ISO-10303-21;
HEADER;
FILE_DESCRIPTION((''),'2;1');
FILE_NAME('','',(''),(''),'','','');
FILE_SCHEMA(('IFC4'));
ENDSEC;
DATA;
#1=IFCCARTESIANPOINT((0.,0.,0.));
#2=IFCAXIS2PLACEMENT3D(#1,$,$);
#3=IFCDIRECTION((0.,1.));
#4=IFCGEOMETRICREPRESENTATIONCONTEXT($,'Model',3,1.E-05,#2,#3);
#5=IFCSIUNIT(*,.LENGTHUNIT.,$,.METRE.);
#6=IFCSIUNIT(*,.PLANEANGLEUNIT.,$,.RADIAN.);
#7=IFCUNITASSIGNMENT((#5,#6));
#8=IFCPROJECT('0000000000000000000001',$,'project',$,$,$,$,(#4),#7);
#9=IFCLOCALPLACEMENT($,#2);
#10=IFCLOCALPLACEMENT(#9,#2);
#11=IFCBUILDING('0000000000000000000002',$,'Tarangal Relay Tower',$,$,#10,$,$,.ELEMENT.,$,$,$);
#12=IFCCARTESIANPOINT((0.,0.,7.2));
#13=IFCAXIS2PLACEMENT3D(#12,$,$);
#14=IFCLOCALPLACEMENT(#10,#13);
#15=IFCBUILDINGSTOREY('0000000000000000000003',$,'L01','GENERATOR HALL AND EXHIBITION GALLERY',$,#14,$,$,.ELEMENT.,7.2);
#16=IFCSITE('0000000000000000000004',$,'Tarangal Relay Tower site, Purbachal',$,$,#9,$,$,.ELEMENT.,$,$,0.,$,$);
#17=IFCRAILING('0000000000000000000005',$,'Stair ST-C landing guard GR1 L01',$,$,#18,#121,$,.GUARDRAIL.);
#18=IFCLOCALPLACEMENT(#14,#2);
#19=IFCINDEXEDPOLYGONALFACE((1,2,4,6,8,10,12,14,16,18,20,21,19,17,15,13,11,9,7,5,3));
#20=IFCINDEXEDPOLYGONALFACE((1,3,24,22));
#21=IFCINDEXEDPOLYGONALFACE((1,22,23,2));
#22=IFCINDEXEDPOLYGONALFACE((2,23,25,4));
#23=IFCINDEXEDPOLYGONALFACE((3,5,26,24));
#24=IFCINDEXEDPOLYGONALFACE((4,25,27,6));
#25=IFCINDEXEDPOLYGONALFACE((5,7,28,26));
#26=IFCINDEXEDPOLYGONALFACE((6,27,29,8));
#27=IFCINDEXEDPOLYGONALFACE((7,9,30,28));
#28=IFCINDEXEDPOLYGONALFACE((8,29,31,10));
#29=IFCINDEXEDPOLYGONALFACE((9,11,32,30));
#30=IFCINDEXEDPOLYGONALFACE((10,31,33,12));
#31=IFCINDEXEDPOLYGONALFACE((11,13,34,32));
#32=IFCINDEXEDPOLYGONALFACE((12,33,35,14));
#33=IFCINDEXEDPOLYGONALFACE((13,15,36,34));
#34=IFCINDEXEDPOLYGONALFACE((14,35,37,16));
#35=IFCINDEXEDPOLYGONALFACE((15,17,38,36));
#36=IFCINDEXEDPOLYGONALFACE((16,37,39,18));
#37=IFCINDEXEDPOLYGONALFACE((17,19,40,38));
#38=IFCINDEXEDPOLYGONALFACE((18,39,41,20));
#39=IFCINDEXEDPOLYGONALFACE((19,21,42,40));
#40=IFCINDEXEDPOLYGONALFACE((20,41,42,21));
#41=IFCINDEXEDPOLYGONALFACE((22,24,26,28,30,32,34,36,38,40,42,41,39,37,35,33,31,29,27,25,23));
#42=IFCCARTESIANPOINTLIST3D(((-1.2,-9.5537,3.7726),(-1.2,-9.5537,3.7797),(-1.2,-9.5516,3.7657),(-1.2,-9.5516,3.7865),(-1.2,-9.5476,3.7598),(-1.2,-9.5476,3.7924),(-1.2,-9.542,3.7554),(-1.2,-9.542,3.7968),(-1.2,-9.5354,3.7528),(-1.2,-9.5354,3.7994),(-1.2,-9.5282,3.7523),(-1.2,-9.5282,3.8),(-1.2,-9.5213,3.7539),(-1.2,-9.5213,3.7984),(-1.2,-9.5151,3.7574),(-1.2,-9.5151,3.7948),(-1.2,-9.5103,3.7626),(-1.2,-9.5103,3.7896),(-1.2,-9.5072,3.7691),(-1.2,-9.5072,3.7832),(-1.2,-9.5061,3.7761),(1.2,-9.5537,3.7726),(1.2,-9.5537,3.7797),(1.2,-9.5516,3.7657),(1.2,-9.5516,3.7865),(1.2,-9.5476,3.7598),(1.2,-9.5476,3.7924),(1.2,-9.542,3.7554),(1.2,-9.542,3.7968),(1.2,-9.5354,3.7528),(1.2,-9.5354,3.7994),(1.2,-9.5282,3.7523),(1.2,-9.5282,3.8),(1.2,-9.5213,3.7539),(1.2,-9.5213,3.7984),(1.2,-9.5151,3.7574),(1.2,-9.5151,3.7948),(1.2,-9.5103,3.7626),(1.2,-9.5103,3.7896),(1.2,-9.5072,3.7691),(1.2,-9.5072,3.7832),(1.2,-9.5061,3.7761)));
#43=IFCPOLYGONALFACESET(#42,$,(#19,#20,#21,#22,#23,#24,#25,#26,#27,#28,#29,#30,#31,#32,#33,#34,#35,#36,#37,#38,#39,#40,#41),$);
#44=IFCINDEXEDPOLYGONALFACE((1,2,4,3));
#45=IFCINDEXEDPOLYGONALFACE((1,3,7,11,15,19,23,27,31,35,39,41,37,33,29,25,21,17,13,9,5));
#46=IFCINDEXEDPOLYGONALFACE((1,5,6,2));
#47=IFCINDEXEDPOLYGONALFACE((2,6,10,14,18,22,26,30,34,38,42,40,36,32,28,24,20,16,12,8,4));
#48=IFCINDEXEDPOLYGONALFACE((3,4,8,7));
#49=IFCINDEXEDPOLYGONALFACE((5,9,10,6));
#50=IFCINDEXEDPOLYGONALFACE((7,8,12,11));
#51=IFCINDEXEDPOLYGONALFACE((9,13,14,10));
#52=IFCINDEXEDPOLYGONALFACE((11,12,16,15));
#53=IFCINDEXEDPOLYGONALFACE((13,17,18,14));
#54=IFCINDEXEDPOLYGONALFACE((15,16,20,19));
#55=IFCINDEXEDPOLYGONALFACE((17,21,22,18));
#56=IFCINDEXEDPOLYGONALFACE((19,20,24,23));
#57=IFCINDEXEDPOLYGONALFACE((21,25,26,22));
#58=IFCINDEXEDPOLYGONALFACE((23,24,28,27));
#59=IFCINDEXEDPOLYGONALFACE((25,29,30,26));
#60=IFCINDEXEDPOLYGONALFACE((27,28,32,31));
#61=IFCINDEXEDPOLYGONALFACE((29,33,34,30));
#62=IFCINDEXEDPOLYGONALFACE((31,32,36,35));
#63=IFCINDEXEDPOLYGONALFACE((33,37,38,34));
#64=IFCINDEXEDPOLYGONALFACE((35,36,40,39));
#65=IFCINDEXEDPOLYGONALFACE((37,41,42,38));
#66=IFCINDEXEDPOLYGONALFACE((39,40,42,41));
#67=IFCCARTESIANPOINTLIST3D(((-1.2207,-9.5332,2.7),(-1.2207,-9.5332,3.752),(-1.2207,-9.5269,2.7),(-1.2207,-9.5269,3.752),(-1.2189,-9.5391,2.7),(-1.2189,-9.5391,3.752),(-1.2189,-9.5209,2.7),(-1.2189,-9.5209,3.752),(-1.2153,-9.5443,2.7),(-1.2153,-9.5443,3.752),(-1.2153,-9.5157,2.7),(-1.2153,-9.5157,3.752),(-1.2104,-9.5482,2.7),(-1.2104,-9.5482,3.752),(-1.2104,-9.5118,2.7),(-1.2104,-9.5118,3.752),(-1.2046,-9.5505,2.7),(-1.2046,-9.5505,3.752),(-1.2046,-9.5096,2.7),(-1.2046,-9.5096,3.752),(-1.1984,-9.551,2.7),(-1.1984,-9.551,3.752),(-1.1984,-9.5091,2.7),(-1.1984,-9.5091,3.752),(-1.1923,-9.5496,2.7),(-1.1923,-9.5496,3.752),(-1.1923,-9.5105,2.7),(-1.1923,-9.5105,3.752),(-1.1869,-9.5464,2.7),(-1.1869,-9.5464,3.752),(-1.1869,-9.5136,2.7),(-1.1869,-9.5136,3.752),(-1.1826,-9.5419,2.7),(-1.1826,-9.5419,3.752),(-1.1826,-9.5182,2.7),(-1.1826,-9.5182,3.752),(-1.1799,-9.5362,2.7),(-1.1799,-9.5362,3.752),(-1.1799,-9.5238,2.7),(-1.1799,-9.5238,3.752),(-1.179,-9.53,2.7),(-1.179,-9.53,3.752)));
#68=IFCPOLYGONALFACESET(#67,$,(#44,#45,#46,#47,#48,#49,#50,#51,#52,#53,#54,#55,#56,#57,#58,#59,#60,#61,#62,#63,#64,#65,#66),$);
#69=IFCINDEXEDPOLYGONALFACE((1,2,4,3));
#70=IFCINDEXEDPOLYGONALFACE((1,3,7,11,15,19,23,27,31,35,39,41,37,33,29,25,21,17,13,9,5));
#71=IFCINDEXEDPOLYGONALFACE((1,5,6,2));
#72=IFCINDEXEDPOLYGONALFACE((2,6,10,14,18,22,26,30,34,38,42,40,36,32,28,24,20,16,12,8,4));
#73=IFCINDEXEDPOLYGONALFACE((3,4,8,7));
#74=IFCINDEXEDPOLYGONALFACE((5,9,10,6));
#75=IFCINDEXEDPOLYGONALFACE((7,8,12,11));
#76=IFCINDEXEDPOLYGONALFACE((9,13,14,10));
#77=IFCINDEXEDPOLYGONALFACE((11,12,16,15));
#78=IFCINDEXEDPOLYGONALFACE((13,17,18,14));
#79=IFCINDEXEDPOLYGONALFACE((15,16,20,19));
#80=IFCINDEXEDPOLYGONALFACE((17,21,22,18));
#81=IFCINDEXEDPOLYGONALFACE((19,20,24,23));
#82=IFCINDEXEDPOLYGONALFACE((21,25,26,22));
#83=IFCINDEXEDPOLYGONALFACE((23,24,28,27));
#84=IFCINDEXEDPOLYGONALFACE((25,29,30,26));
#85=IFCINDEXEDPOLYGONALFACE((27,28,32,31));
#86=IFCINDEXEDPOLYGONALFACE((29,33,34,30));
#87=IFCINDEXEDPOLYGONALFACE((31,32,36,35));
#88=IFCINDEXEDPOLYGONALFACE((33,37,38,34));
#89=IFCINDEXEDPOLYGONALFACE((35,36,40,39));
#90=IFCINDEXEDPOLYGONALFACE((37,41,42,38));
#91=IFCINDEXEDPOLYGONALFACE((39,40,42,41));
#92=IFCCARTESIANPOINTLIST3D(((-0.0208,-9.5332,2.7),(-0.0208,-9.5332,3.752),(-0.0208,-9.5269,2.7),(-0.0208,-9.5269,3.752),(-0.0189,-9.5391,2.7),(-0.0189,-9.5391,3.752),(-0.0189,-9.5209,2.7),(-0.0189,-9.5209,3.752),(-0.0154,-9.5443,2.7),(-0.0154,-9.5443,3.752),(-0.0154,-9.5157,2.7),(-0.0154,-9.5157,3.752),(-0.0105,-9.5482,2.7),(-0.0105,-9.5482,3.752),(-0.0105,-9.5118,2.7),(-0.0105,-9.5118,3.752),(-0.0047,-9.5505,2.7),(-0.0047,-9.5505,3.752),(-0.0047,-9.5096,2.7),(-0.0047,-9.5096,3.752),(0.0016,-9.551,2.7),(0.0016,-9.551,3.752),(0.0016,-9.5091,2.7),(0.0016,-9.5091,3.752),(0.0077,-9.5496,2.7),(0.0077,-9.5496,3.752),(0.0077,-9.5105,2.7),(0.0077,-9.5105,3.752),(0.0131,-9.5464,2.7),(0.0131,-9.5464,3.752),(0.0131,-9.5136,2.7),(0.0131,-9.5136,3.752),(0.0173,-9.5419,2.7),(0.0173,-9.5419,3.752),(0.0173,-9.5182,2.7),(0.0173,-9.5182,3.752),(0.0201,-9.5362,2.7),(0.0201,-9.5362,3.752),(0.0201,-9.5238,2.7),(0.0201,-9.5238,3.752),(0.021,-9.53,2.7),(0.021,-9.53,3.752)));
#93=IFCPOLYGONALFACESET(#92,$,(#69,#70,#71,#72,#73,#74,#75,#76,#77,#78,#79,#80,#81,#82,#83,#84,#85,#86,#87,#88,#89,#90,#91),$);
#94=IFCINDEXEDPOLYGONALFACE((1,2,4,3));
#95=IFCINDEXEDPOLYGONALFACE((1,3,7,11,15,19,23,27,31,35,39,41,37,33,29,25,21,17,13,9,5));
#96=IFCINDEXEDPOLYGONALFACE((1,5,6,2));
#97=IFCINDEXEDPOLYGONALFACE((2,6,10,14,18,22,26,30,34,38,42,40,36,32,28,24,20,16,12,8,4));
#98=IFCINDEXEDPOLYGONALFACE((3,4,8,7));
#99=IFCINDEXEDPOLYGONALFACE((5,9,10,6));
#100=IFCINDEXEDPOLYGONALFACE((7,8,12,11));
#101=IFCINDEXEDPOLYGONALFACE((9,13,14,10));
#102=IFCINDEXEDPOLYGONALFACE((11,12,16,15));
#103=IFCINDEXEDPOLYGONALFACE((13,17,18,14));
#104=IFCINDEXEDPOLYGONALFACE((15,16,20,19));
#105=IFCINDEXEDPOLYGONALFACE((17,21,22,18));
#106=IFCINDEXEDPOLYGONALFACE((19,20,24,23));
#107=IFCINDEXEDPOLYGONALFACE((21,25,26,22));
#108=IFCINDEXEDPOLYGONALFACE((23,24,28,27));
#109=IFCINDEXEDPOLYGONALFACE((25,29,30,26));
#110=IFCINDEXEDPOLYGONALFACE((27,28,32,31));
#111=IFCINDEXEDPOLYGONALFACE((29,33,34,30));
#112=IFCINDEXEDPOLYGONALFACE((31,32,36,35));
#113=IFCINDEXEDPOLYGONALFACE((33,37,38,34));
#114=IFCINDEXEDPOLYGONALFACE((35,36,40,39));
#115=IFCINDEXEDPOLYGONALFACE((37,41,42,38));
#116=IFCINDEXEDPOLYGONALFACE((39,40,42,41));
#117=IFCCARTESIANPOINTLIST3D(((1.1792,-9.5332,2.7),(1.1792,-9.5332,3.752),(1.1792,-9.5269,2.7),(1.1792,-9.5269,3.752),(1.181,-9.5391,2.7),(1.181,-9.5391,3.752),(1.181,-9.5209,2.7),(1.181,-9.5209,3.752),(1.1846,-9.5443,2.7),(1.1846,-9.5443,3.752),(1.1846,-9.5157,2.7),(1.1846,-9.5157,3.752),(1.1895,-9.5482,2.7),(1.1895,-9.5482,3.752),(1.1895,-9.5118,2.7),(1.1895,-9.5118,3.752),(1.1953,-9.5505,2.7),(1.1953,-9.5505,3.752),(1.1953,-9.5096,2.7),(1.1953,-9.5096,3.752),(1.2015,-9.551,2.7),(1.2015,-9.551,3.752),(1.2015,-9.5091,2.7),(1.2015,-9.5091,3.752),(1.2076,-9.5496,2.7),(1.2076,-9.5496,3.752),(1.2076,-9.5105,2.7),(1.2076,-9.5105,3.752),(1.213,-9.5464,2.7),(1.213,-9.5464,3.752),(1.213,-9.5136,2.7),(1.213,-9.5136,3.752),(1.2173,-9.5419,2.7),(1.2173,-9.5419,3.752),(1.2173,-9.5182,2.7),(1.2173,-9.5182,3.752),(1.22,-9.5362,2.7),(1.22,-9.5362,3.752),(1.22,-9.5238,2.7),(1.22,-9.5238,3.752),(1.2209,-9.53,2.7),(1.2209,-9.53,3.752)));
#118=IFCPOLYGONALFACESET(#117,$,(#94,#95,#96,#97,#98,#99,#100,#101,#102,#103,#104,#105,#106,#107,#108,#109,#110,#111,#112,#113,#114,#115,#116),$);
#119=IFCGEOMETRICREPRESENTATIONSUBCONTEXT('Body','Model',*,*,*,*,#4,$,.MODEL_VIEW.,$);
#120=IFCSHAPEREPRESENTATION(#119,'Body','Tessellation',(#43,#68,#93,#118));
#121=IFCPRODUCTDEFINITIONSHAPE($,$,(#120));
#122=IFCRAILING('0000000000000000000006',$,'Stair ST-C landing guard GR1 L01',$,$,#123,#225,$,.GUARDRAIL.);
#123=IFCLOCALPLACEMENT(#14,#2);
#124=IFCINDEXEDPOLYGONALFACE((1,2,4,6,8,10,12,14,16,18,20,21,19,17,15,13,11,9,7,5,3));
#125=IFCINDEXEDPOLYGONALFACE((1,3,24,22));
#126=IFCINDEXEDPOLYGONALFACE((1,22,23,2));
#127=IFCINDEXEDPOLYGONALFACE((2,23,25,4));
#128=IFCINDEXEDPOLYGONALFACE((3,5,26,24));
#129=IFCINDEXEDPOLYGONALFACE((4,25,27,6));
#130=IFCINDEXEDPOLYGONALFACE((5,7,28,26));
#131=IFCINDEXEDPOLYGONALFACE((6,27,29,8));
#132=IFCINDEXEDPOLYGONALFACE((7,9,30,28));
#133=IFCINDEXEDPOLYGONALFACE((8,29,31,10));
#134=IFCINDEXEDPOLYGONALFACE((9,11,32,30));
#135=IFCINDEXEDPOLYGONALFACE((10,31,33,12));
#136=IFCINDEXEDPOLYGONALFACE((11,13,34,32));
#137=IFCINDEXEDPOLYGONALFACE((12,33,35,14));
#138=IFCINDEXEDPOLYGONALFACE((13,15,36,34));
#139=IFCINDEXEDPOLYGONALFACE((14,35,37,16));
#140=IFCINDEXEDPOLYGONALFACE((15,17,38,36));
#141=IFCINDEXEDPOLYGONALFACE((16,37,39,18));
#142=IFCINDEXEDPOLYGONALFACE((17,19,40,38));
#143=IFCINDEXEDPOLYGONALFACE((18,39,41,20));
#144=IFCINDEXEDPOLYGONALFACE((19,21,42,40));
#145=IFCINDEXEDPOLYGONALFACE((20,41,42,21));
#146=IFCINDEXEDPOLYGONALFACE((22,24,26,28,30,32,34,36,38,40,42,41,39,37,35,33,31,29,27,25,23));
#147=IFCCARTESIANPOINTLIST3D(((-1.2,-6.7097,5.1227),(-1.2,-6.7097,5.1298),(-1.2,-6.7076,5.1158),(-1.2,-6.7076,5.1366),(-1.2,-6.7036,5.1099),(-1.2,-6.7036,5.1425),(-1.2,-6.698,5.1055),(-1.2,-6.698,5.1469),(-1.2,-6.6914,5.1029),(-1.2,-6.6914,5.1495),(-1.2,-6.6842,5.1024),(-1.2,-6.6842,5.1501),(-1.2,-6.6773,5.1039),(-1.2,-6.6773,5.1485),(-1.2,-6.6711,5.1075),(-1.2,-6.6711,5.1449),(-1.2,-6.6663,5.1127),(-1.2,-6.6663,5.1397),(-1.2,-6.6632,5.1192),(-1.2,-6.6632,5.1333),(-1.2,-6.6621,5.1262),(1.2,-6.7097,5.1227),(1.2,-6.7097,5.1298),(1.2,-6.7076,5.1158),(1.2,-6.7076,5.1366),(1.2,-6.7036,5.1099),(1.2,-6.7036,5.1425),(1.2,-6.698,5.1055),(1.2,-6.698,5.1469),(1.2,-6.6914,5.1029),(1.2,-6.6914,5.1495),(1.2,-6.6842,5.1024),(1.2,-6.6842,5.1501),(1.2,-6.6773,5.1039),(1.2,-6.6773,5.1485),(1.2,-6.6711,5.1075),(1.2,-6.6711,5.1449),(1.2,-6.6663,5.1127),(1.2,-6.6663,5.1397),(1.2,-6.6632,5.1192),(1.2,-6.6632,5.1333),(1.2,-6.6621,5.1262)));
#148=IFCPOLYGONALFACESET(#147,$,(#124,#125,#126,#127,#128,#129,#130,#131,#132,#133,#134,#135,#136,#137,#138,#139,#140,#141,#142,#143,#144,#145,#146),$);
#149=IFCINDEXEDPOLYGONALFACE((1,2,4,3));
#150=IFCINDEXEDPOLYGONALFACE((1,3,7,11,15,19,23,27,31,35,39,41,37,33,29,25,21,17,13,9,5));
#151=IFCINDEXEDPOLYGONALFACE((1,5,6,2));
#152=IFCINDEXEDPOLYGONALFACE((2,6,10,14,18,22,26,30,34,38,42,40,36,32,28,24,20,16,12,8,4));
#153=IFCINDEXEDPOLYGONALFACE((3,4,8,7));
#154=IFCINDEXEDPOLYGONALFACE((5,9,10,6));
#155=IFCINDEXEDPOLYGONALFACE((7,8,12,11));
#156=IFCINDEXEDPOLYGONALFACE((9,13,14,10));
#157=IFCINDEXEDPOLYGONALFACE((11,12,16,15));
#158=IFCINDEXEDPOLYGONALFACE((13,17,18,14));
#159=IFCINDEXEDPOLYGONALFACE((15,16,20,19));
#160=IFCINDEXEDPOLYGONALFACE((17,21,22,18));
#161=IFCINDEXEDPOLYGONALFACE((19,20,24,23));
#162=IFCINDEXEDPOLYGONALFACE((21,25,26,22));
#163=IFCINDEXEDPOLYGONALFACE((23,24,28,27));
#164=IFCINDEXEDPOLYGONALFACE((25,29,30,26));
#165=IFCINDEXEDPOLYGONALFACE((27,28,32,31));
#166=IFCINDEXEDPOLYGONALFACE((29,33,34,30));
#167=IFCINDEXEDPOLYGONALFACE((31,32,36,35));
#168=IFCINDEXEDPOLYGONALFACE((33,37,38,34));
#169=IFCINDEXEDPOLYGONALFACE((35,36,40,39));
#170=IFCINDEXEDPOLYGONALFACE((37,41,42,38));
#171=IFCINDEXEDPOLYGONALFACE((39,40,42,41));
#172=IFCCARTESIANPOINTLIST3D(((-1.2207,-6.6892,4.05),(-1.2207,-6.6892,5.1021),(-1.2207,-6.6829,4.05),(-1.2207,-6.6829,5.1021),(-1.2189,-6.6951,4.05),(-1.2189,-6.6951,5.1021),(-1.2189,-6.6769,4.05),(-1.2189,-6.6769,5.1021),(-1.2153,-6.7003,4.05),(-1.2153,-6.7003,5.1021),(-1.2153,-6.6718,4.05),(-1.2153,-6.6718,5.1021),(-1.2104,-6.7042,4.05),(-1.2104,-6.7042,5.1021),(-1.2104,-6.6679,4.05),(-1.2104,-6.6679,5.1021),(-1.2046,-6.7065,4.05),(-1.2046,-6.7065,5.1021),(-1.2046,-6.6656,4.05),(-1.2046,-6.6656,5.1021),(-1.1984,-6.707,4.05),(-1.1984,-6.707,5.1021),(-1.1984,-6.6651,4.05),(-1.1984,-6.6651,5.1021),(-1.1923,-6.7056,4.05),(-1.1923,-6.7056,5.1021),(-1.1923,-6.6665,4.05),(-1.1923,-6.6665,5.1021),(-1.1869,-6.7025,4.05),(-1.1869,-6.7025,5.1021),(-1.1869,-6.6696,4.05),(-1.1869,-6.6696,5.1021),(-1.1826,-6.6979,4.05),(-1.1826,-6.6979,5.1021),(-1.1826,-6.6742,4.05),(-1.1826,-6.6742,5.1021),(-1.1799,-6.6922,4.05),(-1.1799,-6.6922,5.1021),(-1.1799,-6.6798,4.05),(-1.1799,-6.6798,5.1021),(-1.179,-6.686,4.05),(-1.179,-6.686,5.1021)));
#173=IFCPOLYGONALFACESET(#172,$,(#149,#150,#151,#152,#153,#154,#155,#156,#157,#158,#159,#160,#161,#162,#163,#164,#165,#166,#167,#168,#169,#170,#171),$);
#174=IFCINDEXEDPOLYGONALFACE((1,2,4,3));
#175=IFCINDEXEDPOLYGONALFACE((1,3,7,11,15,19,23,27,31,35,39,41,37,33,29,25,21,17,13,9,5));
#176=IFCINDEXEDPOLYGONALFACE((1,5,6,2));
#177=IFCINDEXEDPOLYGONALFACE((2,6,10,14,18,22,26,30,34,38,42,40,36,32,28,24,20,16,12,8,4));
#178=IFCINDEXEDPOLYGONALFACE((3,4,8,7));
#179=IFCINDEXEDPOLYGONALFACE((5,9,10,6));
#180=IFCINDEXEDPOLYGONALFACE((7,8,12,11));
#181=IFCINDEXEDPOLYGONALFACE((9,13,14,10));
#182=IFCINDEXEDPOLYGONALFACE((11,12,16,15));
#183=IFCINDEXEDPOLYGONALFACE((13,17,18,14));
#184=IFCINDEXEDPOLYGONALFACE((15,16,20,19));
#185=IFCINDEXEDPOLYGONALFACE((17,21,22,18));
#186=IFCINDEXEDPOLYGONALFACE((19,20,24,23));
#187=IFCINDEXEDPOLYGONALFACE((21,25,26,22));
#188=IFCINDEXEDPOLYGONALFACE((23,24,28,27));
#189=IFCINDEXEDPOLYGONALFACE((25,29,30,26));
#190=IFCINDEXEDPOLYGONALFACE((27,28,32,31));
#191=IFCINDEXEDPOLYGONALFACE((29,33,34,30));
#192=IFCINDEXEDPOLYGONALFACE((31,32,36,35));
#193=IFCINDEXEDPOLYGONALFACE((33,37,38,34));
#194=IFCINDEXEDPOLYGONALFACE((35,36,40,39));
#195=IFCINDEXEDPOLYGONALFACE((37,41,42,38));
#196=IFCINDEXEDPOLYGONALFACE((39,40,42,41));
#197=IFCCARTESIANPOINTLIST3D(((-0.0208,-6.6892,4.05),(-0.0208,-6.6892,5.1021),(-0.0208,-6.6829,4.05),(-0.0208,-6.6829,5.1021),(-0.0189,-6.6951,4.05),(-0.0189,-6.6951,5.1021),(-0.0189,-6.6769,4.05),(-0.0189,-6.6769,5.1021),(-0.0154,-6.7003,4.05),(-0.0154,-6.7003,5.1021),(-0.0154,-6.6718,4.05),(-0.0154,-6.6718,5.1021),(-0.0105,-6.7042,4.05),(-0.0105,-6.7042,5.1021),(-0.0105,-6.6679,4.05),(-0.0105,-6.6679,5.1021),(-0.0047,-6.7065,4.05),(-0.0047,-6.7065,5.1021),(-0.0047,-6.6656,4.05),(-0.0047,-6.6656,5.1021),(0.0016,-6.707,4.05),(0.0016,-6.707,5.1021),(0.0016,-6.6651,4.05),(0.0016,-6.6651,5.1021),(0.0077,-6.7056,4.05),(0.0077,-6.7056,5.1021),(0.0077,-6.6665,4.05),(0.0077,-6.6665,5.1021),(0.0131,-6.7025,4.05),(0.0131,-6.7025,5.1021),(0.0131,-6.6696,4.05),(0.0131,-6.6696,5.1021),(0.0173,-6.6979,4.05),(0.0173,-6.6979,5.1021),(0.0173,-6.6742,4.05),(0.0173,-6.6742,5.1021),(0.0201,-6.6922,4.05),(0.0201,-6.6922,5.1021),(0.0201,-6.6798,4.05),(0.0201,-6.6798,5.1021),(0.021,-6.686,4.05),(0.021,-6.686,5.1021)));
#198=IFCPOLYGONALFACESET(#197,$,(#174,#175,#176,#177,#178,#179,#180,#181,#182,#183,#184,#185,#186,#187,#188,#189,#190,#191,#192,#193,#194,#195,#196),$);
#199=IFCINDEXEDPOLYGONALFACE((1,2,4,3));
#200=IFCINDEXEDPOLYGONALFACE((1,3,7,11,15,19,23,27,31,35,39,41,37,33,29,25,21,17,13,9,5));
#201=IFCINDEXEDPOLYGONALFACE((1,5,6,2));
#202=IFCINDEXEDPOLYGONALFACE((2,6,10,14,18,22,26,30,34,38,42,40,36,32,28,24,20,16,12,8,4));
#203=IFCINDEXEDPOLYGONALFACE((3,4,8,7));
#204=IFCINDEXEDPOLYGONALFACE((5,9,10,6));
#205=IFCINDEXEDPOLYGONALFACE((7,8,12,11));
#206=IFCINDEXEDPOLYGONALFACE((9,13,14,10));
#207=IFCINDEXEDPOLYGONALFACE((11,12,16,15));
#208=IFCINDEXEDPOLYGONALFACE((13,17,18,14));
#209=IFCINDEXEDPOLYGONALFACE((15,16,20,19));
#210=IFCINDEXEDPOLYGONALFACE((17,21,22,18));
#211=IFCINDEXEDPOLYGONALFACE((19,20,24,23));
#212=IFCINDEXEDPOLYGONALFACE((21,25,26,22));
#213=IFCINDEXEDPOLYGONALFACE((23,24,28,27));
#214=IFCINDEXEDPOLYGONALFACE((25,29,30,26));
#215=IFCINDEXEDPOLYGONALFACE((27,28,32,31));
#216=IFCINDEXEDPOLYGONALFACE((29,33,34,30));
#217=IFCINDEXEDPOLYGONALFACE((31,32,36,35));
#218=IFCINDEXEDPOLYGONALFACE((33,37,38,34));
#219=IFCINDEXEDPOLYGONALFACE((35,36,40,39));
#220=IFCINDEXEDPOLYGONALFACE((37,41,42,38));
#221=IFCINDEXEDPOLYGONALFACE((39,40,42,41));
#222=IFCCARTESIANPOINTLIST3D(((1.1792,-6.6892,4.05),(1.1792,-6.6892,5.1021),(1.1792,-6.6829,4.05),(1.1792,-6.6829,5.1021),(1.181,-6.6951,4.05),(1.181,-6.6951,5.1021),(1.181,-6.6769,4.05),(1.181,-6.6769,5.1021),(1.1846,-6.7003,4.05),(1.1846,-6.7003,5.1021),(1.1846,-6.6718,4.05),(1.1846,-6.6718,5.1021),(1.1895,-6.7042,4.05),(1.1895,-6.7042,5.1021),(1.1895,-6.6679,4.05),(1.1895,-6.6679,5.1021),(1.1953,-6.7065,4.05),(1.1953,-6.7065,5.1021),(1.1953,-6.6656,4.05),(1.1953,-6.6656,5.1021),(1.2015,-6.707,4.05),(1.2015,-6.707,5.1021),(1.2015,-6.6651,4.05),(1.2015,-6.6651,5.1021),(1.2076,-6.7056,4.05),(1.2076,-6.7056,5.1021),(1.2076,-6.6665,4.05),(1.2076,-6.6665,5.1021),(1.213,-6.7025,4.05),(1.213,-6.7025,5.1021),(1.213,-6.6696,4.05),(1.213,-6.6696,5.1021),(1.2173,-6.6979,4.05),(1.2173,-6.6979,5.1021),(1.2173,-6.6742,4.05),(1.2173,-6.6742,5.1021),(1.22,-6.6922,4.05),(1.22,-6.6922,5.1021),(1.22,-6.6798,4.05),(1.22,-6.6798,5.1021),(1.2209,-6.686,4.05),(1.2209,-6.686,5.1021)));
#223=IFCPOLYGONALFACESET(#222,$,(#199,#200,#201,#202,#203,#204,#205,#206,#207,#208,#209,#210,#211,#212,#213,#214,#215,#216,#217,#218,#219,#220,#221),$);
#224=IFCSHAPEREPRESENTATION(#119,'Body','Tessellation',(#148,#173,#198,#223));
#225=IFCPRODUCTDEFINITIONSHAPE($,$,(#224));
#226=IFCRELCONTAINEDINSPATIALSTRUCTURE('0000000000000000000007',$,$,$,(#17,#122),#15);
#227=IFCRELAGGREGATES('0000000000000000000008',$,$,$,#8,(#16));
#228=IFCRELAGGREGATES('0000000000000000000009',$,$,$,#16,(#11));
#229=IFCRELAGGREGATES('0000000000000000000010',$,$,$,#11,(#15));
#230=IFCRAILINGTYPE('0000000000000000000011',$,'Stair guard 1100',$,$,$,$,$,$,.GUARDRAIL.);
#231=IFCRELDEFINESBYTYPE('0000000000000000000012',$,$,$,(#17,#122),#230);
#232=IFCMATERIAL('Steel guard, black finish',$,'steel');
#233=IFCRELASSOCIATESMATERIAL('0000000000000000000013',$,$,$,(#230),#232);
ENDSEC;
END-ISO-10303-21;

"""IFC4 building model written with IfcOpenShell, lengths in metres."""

from ifc_helpers import new_model, si_unit, direction, frame, origin, origin_2d, place, context, subcontext, project, spatial, circle, extrude, material, type_object, element, save


model = new_model("IFC4")

# Units and contexts
model_context = context("Model", 3, precision=1e-05, world=origin(), true_north=direction((0.0, 1.0)))
body_context = subcontext(model_context, "Body", "Model", "MODEL_VIEW")
ifc_project = project(units=[si_unit("LENGTHUNIT", "METRE"), si_unit("PLANEANGLEUNIT", "RADIAN")], contexts=[model_context])

# Site, building, storey
site_placement = place(None, origin())
site = spatial("IfcSite", under=ifc_project, at=site_placement, Name="Tarangal Relay Tower site, Purbachal", CompositionType="ELEMENT", RefElevation=0.0)
building_placement = place(site_placement, origin())
building = spatial("IfcBuilding", under=site, at=building_placement, Name="Tarangal Relay Tower", CompositionType="ELEMENT")
storey_placement = place(building_placement, frame((0.0, 0.0, 7.2)))
storey = spatial("IfcBuildingStorey", under=building, at=storey_placement, Name="L01", Description="GENERATOR HALL AND EXHIBITION GALLERY", CompositionType="ELEMENT", Elevation=7.2)

# Railings
ifc_material_1 = material(Name="Steel guard, black finish", Category="steel")
railing_type_1 = type_object("IfcRailingType", Name="Stair guard 1100", PredefinedType="GUARDRAIL", material=ifc_material_1)
for number, where, name in (
    (1, (-1.2, -9.53, 2.7), "Stair ST-C landing guard GR1 L01"),
    (2, (-1.2, -6.686, 4.05), "Stair ST-C landing guard GR1 L01"),
):
    element("IfcRailing", number, at=place(storey_placement, frame(where)), inside=storey, type_object=railing_type_1, Name=name, PredefinedType="GUARDRAIL", context=body_context, shape_type="SweptSolid", body=[
        extrude(circle(Radius=0.0239, at=origin_2d()), frame((0.0, 0.0, 1.0762), z_axis=(1.0, 0.0, 0.0), x_axis=(0.0, 1.0, 0.0)), (0.0, 0.0, 1.0), 2.3999),
        extrude(circle(Radius=0.021, at=origin_2d()), origin(), (0.0, 0.0, 1.0), 1.052),
        extrude(circle(Radius=0.021, at=origin_2d()), frame((1.2, 0.0, 0.0)), (0.0, 0.0, 1.0), 1.052),
        extrude(circle(Radius=0.021, at=origin_2d()), frame((2.3999, 0.0, 0.0)), (0.0, 0.0, 1.0), 1.052),
    ])

save(model, "model.ifc")
